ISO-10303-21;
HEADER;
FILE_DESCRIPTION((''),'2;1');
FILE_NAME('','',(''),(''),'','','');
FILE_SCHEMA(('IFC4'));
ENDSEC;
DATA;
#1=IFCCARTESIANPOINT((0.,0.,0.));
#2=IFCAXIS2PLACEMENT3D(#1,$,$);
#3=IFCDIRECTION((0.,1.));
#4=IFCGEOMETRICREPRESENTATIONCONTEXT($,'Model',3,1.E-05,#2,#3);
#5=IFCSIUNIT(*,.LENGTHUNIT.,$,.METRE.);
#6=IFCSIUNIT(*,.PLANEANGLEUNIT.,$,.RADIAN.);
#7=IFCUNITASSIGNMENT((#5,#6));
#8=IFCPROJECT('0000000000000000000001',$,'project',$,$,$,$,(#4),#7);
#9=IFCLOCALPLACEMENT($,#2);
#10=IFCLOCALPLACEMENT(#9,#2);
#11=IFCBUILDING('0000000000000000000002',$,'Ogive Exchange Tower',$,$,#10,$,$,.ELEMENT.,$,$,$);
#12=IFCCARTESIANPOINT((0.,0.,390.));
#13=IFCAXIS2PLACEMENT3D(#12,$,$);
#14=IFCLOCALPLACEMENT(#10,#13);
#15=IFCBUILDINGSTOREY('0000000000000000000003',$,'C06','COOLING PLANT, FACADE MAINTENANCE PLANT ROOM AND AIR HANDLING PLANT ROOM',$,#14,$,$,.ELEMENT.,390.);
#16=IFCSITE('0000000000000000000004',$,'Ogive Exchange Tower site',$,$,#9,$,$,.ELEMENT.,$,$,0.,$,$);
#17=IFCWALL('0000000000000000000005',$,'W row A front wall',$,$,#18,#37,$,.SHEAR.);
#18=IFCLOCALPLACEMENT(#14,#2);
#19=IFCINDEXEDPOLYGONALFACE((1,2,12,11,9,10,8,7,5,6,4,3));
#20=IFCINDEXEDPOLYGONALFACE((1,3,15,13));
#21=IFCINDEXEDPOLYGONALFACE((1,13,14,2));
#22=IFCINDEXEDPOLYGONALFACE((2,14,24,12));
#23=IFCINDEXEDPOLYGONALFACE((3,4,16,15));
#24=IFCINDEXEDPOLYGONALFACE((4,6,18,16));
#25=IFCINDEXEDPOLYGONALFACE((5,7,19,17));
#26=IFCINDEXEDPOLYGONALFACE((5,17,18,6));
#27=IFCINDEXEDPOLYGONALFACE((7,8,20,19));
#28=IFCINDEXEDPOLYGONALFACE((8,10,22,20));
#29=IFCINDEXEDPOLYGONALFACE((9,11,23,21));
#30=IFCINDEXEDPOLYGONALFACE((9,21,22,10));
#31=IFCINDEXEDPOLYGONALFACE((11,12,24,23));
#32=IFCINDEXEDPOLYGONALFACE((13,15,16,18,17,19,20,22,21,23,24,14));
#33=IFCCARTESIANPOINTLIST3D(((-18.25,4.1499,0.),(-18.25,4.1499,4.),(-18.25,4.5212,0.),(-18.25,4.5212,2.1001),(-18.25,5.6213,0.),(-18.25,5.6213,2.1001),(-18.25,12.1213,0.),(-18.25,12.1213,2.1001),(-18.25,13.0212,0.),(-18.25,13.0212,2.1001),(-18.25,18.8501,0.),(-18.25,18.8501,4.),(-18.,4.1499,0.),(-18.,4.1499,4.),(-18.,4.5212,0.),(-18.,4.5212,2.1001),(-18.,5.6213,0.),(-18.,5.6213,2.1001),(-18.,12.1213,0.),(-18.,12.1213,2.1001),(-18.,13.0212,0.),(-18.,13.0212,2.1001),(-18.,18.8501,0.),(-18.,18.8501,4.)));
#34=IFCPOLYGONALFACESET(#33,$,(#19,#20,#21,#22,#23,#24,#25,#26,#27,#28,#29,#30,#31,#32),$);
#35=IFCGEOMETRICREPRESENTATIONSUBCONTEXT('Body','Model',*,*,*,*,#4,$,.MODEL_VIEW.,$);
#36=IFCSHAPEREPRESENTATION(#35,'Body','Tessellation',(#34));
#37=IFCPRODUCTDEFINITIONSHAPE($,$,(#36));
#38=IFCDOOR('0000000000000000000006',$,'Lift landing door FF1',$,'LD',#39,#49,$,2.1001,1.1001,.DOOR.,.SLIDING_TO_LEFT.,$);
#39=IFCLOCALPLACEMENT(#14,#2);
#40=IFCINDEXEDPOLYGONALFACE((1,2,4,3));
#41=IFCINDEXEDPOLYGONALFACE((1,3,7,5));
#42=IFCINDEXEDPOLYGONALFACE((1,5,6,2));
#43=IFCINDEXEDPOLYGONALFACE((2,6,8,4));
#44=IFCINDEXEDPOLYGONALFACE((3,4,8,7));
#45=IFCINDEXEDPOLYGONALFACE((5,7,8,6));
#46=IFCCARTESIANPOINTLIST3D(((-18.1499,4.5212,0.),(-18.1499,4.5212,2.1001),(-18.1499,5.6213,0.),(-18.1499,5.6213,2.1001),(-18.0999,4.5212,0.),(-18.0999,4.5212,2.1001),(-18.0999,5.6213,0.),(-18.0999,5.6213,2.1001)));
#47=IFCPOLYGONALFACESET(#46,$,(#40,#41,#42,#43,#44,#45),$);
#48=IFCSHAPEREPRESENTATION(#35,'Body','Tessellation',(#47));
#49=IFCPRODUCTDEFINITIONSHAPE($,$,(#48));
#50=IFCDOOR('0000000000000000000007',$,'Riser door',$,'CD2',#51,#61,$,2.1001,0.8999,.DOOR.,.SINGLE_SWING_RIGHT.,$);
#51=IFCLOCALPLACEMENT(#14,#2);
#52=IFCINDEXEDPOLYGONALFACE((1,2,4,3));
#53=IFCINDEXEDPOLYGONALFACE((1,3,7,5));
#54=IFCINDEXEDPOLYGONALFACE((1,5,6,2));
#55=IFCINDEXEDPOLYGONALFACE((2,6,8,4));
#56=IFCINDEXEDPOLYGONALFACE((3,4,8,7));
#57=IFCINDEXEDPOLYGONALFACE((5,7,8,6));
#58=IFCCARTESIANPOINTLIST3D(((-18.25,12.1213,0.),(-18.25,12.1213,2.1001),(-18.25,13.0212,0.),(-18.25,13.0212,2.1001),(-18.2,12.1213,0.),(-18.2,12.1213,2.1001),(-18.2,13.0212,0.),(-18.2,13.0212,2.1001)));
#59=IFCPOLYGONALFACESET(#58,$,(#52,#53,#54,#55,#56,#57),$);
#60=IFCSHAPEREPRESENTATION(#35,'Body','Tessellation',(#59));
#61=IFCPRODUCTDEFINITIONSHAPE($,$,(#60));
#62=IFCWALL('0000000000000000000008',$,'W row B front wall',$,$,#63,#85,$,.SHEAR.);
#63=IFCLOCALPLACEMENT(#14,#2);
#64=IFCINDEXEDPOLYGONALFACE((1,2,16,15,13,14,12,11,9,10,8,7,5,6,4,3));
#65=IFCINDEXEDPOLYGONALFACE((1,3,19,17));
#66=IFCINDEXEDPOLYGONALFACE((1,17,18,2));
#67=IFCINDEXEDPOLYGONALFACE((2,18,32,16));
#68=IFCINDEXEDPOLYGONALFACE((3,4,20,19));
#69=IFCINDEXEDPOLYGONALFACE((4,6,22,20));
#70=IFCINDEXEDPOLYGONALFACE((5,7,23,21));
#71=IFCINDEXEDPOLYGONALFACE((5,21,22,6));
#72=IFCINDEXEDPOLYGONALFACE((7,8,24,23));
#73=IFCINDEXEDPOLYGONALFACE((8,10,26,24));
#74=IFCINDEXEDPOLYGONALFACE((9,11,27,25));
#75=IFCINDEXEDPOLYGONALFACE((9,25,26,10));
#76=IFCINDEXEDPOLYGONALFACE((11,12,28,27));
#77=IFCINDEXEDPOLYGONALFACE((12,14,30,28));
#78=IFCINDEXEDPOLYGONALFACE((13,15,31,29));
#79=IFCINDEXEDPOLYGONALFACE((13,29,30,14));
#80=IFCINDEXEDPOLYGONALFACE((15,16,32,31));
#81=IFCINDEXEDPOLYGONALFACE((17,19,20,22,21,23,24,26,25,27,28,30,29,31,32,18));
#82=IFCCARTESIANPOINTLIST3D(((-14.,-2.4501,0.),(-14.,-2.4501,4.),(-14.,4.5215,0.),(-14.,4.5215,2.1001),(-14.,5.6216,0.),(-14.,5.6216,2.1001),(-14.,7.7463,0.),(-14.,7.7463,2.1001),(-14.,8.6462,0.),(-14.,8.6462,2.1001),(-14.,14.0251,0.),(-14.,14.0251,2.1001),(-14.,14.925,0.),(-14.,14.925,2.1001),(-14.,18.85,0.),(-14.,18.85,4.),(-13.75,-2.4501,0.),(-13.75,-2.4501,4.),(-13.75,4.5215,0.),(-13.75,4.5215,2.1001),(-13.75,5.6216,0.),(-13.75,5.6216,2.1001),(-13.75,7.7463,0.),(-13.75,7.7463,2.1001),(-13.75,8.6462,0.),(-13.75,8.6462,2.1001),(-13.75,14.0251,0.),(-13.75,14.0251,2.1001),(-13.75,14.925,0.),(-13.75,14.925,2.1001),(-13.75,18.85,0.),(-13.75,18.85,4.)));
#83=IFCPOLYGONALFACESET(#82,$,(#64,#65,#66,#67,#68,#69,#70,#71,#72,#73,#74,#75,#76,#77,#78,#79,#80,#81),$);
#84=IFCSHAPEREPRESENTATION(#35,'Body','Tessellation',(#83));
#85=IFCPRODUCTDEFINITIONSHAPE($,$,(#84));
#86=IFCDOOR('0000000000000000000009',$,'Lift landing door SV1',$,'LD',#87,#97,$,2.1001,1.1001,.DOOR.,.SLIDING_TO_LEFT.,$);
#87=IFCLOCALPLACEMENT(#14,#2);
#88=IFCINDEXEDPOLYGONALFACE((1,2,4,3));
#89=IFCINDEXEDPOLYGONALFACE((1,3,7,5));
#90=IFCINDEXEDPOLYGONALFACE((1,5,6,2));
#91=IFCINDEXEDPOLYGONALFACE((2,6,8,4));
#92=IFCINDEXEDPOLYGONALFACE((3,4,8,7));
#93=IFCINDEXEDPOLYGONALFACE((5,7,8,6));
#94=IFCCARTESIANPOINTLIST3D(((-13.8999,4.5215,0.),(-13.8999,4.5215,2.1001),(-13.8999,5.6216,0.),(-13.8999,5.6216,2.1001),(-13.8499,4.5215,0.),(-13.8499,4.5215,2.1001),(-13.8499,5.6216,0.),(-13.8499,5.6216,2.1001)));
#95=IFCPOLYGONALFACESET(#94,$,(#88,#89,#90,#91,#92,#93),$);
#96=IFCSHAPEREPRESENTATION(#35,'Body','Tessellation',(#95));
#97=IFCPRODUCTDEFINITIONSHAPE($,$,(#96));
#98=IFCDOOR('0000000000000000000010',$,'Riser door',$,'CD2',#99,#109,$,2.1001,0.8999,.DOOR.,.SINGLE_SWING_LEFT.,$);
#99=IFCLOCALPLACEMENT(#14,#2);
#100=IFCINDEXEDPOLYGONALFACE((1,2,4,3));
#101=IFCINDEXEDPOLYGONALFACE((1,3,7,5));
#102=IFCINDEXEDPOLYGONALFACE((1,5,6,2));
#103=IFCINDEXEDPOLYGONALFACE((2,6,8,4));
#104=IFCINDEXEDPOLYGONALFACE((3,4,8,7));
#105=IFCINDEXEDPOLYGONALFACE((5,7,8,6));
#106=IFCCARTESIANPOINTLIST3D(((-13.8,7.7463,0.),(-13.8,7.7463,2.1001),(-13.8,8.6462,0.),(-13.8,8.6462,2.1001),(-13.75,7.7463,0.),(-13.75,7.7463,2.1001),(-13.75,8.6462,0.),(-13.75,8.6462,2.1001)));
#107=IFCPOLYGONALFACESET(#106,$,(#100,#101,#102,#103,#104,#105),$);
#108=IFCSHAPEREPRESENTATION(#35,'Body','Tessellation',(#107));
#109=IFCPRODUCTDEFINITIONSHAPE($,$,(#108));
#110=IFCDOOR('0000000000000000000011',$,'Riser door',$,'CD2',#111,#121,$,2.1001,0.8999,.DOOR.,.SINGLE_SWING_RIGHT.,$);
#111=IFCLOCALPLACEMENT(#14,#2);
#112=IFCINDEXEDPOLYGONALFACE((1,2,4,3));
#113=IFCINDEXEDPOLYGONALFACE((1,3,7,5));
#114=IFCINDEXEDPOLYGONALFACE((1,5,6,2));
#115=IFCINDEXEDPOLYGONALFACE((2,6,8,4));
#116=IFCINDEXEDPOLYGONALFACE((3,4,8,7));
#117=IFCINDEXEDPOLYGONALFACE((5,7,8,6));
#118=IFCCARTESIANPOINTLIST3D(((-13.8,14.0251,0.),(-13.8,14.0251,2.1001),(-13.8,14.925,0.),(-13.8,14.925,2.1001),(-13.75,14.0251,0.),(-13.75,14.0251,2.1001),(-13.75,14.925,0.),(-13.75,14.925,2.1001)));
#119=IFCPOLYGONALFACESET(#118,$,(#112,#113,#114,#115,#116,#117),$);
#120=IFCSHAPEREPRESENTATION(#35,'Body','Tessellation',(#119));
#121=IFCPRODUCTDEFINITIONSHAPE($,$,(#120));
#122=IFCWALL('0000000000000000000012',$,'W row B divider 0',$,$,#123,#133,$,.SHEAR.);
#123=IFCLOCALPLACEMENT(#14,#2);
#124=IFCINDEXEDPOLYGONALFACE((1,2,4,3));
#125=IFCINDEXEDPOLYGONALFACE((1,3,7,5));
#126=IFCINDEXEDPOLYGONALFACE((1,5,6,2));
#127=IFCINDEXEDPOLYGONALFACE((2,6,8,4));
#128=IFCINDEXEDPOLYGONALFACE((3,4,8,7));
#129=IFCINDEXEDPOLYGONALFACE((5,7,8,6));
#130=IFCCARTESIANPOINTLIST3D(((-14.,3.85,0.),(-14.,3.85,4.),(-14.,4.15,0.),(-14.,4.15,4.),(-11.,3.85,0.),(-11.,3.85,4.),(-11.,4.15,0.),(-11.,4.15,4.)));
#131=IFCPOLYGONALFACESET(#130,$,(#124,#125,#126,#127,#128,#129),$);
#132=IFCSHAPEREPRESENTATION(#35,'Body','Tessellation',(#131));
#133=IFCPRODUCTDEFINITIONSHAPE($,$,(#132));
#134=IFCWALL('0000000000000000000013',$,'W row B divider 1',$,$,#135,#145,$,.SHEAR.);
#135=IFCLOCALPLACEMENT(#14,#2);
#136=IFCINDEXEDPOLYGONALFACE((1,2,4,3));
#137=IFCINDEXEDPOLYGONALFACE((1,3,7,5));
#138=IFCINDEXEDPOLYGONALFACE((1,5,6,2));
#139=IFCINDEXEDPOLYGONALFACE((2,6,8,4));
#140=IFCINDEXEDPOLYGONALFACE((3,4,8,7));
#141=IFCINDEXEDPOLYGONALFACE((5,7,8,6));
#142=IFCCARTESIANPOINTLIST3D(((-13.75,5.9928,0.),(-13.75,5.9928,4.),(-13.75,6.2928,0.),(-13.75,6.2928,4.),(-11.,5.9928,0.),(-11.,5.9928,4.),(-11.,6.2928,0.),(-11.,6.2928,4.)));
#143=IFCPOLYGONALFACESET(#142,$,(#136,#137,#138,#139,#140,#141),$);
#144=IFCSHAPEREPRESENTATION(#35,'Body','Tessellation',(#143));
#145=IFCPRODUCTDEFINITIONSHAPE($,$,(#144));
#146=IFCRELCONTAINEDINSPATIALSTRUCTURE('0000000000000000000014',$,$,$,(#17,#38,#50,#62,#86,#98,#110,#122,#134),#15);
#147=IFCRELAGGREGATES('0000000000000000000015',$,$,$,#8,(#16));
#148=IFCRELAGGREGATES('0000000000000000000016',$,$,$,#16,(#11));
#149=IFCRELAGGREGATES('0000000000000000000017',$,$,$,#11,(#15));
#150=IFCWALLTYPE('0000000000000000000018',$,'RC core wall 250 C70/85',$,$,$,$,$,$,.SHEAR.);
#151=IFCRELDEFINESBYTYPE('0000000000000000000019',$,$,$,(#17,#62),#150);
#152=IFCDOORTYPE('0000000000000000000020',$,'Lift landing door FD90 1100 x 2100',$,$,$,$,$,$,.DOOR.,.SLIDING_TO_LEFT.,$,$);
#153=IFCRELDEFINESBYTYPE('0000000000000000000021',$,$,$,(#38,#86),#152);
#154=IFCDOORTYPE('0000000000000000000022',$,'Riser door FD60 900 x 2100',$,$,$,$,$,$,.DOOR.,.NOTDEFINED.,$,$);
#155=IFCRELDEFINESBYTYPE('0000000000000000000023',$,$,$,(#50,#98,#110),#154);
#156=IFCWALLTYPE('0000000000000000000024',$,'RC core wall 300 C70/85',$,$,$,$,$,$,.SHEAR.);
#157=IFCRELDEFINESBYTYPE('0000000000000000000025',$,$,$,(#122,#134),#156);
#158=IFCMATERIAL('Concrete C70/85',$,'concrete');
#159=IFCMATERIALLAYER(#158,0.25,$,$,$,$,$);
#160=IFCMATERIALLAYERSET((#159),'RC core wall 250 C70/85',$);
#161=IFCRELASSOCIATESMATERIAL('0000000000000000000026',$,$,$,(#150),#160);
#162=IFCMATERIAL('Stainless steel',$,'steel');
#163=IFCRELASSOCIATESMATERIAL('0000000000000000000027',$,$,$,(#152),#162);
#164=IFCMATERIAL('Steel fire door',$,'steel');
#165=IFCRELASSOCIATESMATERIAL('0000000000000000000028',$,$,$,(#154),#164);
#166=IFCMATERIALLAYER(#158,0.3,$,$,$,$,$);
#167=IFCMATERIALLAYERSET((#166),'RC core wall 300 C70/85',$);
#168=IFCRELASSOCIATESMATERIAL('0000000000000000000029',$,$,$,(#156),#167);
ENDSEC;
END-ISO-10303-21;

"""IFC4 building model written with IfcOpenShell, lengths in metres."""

from ifc_helpers import new_model, si_unit, direction, frame, frame_2d, origin, place, context, subcontext, project, spatial, rectangle, extrude, material, layer, layer_set, type_object, element, fill, save


model = new_model("IFC4")

# Units and contexts
model_context = context("Model", 3, precision=1e-05, world=origin(), true_north=direction((0.0, 1.0)))
body_context = subcontext(model_context, "Body", "Model", "MODEL_VIEW")
ifc_project = project(units=[si_unit("LENGTHUNIT", "METRE"), si_unit("PLANEANGLEUNIT", "RADIAN")], contexts=[model_context])

# Site, building, storey
site_placement = place(None, origin())
site = spatial("IfcSite", under=ifc_project, at=site_placement, Name="Ogive Exchange Tower site", CompositionType="ELEMENT", RefElevation=0.0)
building_placement = place(site_placement, origin())
building = spatial("IfcBuilding", under=site, at=building_placement, Name="Ogive Exchange Tower", CompositionType="ELEMENT")
storey_placement = place(building_placement, frame((0.0, 0.0, 390.0)))
storey = spatial("IfcBuildingStorey", under=building, at=storey_placement, Name="C06", Description="COOLING PLANT, FACADE MAINTENANCE PLANT ROOM AND AIR HANDLING PLANT ROOM", CompositionType="ELEMENT", Elevation=390.0)

# Shared definitions
ifc_material_1 = material(Name="Concrete C70/85", Category="concrete")
ifc_material_2 = material(Name="Steel fire door", Category="steel")
ifc_layer_1 = layer(ifc_material_1, 0.25)
ifc_layer_set_1 = layer_set([ifc_layer_1], Name="RC core wall 250 C70/85")
wall_type_1 = type_object("IfcWallType", Name="RC core wall 250 C70/85", PredefinedType="SHEAR", material=ifc_layer_set_1)

# Walls, openings, doors
wall_1_placement = place(storey_placement, frame((-18.125, 4.1499, 0.0), z_axis=(0.0, 0.0, 1.0), x_axis=(0.0, 1.0, 0.0)))
wall_1 = element("IfcWall", 1, at=wall_1_placement, inside=storey, type_object=wall_type_1, Name="W row A front wall", PredefinedType="SHEAR", context=body_context, shape_type="SweptSolid", body=[
    extrude(rectangle(XDim=14.7002, YDim=0.25, at=frame_2d((7.3501, 0.0))), origin(), (0.0, 0.0, 1.0), 4.0),
])
opening_1_placement = place(wall_1_placement, frame((7.9714, 0.0, 0.0)))
opening_1 = element("IfcOpeningElement", 2, at=opening_1_placement, cuts=wall_1, PredefinedType="OPENING", context=body_context, shape_type="SweptSolid", body=[
    extrude(rectangle(XDim=0.8999, YDim=2.1001, at=frame_2d((0.45, 1.05))), frame((0.0, 0.135, 0.0), z_axis=(0.0, -1.0, 0.0), x_axis=(1.0, 0.0, 0.0)), (0.0, 0.0, 1.0), 0.27),
])
opening_2_placement = place(wall_1_placement, frame((0.3713, 0.0, 0.0)))
opening_2 = element("IfcOpeningElement", 3, at=opening_2_placement, cuts=wall_1, PredefinedType="OPENING", context=body_context, shape_type="SweptSolid", body=[
    extrude(rectangle(XDim=1.1001, YDim=2.1001, at=frame_2d((0.55, 1.05))), frame((0.0, 0.135, 0.0), z_axis=(0.0, -1.0, 0.0), x_axis=(1.0, 0.0, 0.0)), (0.0, 0.0, 1.0), 0.27),
])
ifc_material_3 = material(Name="Stainless steel", Category="steel")
door_type_1 = type_object("IfcDoorType", Name="Lift landing door FD90 1100 x 2100", OperationType="SLIDING_TO_LEFT", PredefinedType="DOOR", material=ifc_material_3)
door_1_placement = place(opening_2_placement, origin())
door_1 = element("IfcDoor", 4, at=door_1_placement, inside=storey, type_object=door_type_1, Name="Lift landing door FF1", ObjectType="LD", OperationType="SLIDING_TO_LEFT", OverallHeight=2.1001, OverallWidth=1.1001, PredefinedType="DOOR", context=body_context, shape_type="SweptSolid", body=[
    extrude(rectangle(XDim=1.1001, YDim=2.1001, at=frame_2d((0.55, 1.05))), frame((0.0, 0.0249, 0.0), z_axis=(0.0, -1.0, 0.0), x_axis=(1.0, 0.0, 0.0)), (0.0, 0.0, 1.0), 0.05),
])
fill(opening_2, door_1)
door_type_2 = type_object("IfcDoorType", Name="Riser door FD60 900 x 2100", OperationType="NOTDEFINED", PredefinedType="DOOR", material=ifc_material_2)
door_2_placement = place(opening_1_placement, origin())
door_2 = element("IfcDoor", 5, at=door_2_placement, inside=storey, type_object=door_type_2, Name="Riser door", ObjectType="CD2", OperationType="SINGLE_SWING_RIGHT", OverallHeight=2.1001, OverallWidth=0.8999, PredefinedType="DOOR", context=body_context, shape_type="SweptSolid", body=[
    extrude(rectangle(XDim=0.8999, YDim=2.1001, at=frame_2d((0.45, 1.05))), frame((0.0, 0.125, 0.0), z_axis=(0.0, -1.0, 0.0), x_axis=(1.0, 0.0, 0.0)), (0.0, 0.0, 1.0), 0.05),
])
fill(opening_1, door_2)
wall_2_placement = place(storey_placement, frame((-13.875, -2.45, 0.0), z_axis=(0.0, 0.0, 1.0), x_axis=(0.0, 1.0, 0.0)))
wall_2 = element("IfcWall", 6, at=wall_2_placement, inside=storey, type_object=wall_type_1, Name="W row B front wall", PredefinedType="SHEAR", context=body_context, shape_type="SweptSolid", body=[
    extrude(rectangle(XDim=21.3, YDim=0.25, at=frame_2d((10.6499, 0.0))), origin(), (0.0, 0.0, 1.0), 4.0),
])
opening_3_placement = place(wall_2_placement, frame((10.1963, 0.0, 0.0)))
opening_3 = element("IfcOpeningElement", 7, at=opening_3_placement, cuts=wall_2, PredefinedType="OPENING", context=body_context, shape_type="SweptSolid", body=[
    extrude(rectangle(XDim=0.8999, YDim=2.1001, at=frame_2d((0.45, 1.05))), frame((0.0, 0.135, 0.0), z_axis=(0.0, -1.0, 0.0), x_axis=(1.0, 0.0, 0.0)), (0.0, 0.0, 1.0), 0.27),
])
opening_4_placement = place(wall_2_placement, frame((16.4751, 0.0, 0.0)))
opening_4 = element("IfcOpeningElement", 8, at=opening_4_placement, cuts=wall_2, PredefinedType="OPENING", context=body_context, shape_type="SweptSolid", body=[
    extrude(rectangle(XDim=0.8999, YDim=2.1001, at=frame_2d((0.45, 1.05))), frame((0.0, 0.135, 0.0), z_axis=(0.0, -1.0, 0.0), x_axis=(1.0, 0.0, 0.0)), (0.0, 0.0, 1.0), 0.27),
])
opening_5_placement = place(wall_2_placement, frame((6.9714, 0.0, 0.0)))
opening_5 = element("IfcOpeningElement", 9, at=opening_5_placement, cuts=wall_2, PredefinedType="OPENING", context=body_context, shape_type="SweptSolid", body=[
    extrude(rectangle(XDim=1.1001, YDim=2.1001, at=frame_2d((0.55, 1.05))), frame((0.0, 0.135, 0.0), z_axis=(0.0, -1.0, 0.0), x_axis=(1.0, 0.0, 0.0)), (0.0, 0.0, 1.0), 0.27),
])
door_3_placement = place(opening_5_placement, origin())
door_3 = element("IfcDoor", 10, at=door_3_placement, inside=storey, type_object=door_type_1, Name="Lift landing door SV1", ObjectType="LD", OperationType="SLIDING_TO_LEFT", OverallHeight=2.1001, OverallWidth=1.1001, PredefinedType="DOOR", context=body_context, shape_type="SweptSolid", body=[
    extrude(rectangle(XDim=1.1001, YDim=2.1001, at=frame_2d((0.55, 1.05))), frame((0.0, 0.0249, 0.0), z_axis=(0.0, -1.0, 0.0), x_axis=(1.0, 0.0, 0.0)), (0.0, 0.0, 1.0), 0.05),
])
fill(opening_5, door_3)
door_4_placement = place(opening_3_placement, frame((0.8999, -0.2002, 0.0), z_axis=(0.0, 0.0, 1.0), x_axis=(-1.0, 0.0, 0.0)))
door_4 = element("IfcDoor", 11, at=door_4_placement, inside=storey, type_object=door_type_2, Name="Riser door", ObjectType="CD2", OperationType="SINGLE_SWING_LEFT", OverallHeight=2.1001, OverallWidth=0.8999, PredefinedType="DOOR", context=body_context, shape_type="SweptSolid", body=[
    extrude(rectangle(XDim=0.8999, YDim=2.1001, at=frame_2d((0.45, 1.05))), frame((0.0, -0.0752, 0.0), z_axis=(0.0, -1.0, 0.0), x_axis=(1.0, 0.0, 0.0)), (0.0, 0.0, 1.0), 0.05),
])
fill(opening_3, door_4)
door_5_placement = place(opening_4_placement, frame((0.8999, -0.2002, 0.0), z_axis=(0.0, 0.0, 1.0), x_axis=(-1.0, 0.0, 0.0)))
door_5 = element("IfcDoor", 12, at=door_5_placement, inside=storey, type_object=door_type_2, Name="Riser door", ObjectType="CD2", OperationType="SINGLE_SWING_RIGHT", OverallHeight=2.1001, OverallWidth=0.8999, PredefinedType="DOOR", context=body_context, shape_type="SweptSolid", body=[
    extrude(rectangle(XDim=0.8999, YDim=2.1001, at=frame_2d((0.45, 1.05))), frame((0.0, -0.0752, 0.0), z_axis=(0.0, -1.0, 0.0), x_axis=(1.0, 0.0, 0.0)), (0.0, 0.0, 1.0), 0.05),
])
fill(opening_4, door_5)

# Walls
ifc_layer_2 = layer(ifc_material_1, 0.3)
ifc_layer_set_2 = layer_set([ifc_layer_2], Name="RC core wall 300 C70/85")
wall_type_2 = type_object("IfcWallType", Name="RC core wall 300 C70/85", PredefinedType="SHEAR", material=ifc_layer_set_2)
wall_3_placement = place(storey_placement, frame((-14.0, 4.0, 0.0), z_axis=(0.0, 0.0, 1.0), x_axis=(1.0, 0.0, 0.0)))
element("IfcWall", 13, at=wall_3_placement, inside=storey, type_object=wall_type_2, Name="W row B divider 0", PredefinedType="SHEAR", context=body_context, shape_type="SweptSolid", body=[
    extrude(rectangle(XDim=3.0, YDim=0.3, at=frame_2d((1.5, 0.0))), origin(), (0.0, 0.0, 1.0), 4.0),
])
wall_4_placement = place(storey_placement, frame((-13.75, 6.1428, 0.0), z_axis=(0.0, 0.0, 1.0), x_axis=(1.0, 0.0, 0.0)))
element("IfcWall", 14, at=wall_4_placement, inside=storey, type_object=wall_type_2, Name="W row B divider 1", PredefinedType="SHEAR", context=body_context, shape_type="SweptSolid", body=[
    extrude(rectangle(XDim=2.75, YDim=0.3, at=frame_2d((1.375, 0.0))), origin(), (0.0, 0.0, 1.0), 4.0),
])

save(model, "model.ifc")
